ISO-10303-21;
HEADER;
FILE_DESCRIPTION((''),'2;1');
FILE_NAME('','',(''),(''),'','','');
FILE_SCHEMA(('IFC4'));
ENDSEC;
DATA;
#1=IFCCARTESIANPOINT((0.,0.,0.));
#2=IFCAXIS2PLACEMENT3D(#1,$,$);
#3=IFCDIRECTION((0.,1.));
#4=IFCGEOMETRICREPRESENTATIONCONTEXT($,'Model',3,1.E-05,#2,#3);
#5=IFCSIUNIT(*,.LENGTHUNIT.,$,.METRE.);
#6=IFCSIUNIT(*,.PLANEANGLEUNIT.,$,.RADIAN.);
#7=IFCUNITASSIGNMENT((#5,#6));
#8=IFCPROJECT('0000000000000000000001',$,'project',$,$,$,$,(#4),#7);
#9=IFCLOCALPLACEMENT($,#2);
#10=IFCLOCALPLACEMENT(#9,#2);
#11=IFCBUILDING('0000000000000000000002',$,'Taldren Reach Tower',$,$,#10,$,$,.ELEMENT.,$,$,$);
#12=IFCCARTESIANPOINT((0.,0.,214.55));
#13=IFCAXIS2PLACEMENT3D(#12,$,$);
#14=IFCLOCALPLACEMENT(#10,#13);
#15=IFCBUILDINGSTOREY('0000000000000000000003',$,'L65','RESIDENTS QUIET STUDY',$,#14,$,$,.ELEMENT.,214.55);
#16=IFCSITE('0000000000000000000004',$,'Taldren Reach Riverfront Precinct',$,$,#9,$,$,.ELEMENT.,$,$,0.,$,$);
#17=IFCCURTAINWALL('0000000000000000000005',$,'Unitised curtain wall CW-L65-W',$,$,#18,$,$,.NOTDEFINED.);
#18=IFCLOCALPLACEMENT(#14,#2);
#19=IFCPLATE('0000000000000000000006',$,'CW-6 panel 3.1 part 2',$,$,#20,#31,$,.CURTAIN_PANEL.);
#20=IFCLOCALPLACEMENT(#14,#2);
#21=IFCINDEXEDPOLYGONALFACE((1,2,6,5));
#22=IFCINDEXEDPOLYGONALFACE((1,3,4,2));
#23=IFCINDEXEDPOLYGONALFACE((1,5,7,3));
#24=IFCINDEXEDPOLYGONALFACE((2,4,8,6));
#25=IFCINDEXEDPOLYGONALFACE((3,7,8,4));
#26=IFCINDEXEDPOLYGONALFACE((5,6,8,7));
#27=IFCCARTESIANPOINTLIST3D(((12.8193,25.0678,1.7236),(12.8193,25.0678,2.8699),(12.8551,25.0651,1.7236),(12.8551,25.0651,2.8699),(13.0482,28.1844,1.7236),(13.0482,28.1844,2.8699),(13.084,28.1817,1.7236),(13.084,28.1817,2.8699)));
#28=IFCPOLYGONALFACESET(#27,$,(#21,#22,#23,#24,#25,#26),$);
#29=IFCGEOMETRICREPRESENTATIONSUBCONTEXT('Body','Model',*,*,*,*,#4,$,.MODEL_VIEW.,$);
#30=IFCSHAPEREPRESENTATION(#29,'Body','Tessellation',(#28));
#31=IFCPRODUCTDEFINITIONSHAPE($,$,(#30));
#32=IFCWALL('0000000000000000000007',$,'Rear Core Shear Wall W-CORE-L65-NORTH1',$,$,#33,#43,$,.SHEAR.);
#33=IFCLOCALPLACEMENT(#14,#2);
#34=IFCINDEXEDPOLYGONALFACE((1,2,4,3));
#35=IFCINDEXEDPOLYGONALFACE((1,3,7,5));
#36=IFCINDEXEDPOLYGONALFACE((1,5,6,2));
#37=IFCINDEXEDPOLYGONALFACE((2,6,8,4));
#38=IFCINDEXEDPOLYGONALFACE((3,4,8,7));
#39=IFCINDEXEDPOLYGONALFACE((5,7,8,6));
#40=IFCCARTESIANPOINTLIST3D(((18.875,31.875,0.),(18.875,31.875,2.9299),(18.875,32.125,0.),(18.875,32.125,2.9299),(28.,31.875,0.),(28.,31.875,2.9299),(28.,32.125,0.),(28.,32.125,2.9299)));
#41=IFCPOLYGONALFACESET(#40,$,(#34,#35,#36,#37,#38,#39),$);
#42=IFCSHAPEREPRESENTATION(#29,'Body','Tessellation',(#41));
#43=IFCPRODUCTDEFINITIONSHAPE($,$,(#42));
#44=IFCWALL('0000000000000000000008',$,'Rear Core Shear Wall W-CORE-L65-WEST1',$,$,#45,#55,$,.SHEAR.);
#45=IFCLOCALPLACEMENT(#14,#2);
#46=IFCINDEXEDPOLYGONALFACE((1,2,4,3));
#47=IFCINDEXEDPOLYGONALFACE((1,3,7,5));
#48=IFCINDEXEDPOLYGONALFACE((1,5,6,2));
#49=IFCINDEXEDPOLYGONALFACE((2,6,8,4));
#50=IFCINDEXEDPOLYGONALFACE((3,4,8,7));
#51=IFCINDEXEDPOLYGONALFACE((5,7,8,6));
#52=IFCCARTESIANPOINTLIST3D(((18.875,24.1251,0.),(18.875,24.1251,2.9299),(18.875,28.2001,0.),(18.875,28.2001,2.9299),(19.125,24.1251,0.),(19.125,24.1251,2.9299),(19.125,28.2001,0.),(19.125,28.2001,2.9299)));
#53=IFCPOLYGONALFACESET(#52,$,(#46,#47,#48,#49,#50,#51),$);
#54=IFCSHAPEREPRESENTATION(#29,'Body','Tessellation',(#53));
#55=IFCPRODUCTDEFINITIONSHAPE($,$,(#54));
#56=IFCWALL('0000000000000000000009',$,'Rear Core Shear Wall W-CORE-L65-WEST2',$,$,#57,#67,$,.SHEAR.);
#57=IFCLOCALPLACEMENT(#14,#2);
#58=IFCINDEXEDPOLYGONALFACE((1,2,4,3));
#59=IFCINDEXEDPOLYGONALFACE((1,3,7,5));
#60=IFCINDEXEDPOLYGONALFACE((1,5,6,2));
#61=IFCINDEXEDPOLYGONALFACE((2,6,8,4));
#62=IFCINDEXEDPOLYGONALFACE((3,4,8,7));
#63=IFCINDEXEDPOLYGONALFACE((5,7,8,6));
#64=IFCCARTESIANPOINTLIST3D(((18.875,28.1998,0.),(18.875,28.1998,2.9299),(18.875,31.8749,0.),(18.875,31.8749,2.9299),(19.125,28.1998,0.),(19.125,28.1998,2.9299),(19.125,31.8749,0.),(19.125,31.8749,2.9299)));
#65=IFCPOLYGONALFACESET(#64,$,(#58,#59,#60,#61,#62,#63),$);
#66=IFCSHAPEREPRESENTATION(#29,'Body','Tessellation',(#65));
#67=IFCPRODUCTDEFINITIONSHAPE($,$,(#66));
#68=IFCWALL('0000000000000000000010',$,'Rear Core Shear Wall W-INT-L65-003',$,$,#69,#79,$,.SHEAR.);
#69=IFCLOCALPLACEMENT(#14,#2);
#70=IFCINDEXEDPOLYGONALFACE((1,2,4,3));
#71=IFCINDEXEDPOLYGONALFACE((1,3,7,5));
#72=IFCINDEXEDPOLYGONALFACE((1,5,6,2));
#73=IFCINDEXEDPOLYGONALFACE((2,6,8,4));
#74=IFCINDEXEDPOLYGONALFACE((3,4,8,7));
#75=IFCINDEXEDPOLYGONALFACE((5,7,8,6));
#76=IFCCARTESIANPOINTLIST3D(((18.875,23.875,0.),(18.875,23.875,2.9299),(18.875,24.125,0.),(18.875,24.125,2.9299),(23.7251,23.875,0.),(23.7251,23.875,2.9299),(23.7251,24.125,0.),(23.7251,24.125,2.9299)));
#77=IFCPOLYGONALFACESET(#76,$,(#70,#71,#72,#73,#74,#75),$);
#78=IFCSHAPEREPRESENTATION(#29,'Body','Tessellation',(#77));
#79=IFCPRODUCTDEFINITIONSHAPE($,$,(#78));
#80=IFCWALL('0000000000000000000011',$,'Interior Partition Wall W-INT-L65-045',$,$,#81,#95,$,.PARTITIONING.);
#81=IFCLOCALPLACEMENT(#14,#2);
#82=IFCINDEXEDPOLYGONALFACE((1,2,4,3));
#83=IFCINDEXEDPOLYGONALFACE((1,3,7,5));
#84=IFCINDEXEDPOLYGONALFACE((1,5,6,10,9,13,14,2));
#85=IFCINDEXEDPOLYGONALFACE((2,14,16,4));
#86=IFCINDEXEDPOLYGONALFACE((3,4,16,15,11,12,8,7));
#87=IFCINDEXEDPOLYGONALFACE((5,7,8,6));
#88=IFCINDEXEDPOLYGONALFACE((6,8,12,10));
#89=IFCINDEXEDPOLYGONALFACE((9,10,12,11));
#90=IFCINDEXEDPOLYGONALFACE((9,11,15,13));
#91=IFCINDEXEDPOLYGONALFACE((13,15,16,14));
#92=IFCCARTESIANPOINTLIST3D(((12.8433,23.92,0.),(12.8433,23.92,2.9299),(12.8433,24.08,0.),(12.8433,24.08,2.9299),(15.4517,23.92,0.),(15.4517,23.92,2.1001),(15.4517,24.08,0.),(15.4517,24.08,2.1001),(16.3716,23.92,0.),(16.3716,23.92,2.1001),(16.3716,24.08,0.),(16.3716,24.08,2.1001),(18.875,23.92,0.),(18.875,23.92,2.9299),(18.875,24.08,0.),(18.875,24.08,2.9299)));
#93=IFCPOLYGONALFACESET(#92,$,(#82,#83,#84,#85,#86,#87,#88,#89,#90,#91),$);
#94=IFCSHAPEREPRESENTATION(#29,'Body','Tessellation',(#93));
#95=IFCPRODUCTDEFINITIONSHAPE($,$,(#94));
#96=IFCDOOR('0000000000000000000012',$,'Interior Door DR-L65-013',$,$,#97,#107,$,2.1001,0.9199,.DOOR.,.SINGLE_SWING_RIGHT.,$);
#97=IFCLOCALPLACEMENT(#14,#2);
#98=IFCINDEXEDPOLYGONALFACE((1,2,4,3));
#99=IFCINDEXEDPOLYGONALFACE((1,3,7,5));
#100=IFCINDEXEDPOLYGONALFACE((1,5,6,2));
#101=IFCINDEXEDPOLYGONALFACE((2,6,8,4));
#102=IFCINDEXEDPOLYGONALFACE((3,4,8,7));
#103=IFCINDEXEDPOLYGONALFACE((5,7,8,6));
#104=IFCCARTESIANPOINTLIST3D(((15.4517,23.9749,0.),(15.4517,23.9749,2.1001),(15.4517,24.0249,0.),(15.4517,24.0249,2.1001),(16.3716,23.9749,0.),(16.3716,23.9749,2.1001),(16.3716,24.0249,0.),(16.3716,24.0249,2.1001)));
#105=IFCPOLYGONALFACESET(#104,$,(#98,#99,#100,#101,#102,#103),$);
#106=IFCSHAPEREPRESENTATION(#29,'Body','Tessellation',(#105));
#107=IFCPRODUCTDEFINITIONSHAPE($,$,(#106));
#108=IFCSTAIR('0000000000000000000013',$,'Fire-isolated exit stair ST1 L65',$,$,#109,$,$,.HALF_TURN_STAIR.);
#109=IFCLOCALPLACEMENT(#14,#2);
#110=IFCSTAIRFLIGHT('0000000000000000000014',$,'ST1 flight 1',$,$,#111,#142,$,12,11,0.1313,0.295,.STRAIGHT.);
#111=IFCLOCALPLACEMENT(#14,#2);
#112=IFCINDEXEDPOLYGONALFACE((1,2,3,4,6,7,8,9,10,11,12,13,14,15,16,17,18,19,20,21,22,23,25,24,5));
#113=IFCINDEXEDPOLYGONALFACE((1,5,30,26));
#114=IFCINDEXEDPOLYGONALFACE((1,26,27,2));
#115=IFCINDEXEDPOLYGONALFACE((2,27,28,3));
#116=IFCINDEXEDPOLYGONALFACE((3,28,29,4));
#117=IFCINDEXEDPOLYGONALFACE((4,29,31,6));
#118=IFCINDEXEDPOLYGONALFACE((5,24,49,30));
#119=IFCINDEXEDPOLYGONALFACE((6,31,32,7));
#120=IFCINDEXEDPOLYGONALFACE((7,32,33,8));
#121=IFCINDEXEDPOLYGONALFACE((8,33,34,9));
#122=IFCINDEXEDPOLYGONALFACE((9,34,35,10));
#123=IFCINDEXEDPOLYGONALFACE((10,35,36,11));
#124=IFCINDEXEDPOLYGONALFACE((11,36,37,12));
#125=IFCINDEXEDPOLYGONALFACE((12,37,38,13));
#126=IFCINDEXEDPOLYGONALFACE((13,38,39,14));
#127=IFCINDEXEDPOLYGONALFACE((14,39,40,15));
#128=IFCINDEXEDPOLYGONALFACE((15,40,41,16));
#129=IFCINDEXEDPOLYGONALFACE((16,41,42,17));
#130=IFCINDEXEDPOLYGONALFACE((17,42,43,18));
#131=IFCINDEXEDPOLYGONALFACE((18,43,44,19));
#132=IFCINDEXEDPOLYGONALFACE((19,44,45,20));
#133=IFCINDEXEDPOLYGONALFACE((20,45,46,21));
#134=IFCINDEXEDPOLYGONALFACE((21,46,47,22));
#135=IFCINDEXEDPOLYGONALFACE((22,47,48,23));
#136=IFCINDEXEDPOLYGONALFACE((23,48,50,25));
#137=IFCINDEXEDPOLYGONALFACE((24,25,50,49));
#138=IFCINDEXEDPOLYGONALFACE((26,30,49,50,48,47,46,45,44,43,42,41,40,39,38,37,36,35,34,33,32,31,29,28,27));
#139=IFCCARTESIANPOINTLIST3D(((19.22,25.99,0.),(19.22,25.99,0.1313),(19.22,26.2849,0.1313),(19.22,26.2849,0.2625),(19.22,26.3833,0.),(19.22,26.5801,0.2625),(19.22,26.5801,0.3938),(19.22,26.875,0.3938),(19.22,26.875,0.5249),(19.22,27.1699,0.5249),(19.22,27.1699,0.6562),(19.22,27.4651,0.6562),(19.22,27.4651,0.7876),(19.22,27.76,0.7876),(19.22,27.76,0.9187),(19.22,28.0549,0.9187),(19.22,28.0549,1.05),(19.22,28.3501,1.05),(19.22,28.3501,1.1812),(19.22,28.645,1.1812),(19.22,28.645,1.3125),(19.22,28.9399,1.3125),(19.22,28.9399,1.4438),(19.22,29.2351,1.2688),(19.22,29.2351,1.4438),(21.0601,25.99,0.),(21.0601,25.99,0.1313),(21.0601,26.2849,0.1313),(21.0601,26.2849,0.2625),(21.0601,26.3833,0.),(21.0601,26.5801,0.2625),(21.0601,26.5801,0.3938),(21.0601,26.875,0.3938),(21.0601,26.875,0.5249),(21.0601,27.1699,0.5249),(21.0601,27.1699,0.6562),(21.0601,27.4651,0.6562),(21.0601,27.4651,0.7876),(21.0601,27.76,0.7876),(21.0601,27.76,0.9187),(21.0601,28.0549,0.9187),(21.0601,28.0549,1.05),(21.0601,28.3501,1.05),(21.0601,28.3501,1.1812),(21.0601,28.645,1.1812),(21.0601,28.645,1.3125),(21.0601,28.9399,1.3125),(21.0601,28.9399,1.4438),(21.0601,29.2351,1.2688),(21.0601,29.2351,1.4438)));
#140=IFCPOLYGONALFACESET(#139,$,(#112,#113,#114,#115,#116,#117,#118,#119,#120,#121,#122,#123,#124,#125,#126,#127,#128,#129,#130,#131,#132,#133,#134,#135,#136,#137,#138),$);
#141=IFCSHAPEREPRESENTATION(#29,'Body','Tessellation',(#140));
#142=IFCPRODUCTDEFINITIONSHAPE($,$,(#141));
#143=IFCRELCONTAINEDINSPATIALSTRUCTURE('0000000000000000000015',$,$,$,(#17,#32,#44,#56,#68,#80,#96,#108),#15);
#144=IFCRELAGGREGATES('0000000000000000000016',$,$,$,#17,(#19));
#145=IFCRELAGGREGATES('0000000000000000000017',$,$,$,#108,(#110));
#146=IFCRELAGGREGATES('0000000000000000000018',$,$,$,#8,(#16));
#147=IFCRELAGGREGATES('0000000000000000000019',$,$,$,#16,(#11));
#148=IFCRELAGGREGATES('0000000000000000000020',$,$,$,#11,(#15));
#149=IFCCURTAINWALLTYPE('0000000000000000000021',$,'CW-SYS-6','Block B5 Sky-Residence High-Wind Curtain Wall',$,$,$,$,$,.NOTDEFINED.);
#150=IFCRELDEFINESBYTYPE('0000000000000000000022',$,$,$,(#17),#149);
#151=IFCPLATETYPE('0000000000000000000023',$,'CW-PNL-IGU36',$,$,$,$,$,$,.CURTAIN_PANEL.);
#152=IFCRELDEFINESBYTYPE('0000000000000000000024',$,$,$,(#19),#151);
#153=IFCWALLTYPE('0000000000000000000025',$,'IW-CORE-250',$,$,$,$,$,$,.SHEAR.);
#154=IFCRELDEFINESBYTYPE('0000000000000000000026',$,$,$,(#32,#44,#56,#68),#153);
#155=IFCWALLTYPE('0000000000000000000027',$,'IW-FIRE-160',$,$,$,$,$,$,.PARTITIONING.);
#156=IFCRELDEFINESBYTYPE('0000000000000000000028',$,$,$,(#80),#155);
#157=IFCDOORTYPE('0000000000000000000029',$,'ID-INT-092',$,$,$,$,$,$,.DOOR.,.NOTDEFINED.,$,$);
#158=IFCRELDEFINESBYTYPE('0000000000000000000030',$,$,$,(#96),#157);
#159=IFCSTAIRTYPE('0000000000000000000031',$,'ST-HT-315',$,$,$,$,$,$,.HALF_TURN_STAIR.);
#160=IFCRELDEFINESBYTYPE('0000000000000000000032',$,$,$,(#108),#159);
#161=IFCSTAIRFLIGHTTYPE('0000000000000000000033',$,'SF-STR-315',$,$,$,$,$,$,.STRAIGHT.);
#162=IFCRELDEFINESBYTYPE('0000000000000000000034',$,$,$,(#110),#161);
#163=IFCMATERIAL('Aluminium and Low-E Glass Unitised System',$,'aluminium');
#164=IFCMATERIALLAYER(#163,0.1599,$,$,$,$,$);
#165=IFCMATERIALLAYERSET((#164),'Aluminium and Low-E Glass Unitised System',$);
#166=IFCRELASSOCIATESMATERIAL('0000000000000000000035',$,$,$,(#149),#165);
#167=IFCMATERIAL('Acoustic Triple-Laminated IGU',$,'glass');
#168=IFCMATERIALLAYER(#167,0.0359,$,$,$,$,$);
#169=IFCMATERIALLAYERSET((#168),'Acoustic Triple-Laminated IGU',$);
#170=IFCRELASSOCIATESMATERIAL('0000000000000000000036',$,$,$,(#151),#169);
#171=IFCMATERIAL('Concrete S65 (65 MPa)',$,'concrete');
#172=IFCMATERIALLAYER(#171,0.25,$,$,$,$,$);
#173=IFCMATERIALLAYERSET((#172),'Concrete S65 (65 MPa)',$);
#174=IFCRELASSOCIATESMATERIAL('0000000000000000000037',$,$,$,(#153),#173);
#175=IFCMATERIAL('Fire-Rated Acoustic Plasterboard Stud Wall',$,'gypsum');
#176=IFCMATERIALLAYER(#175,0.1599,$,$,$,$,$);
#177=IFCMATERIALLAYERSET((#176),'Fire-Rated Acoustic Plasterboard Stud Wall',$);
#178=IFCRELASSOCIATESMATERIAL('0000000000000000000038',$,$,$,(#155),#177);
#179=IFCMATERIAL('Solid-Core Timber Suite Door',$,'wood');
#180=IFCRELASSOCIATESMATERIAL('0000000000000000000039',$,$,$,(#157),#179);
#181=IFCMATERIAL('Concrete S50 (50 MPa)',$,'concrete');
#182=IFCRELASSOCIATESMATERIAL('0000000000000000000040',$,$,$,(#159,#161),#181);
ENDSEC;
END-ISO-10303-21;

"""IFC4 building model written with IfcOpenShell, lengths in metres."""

from ifc_helpers import new_model, si_unit, direction, frame, frame_2d, origin, origin_2d, place, context, subcontext, project, spatial, polyline, rectangle, outline, extrude, source, transform, mapped, material, layer, layer_set, type_object, element, fill, aggregate, save


model = new_model("IFC4")

# Units and contexts
model_context = context("Model", 3, precision=1e-05, world=origin(), true_north=direction((0.0, 1.0)))
body_context = subcontext(model_context, "Body", "Model", "MODEL_VIEW")
ifc_project = project(units=[si_unit("LENGTHUNIT", "METRE"), si_unit("PLANEANGLEUNIT", "RADIAN")], contexts=[model_context])

# Site, building, storey
site_placement = place(None, origin())
site = spatial("IfcSite", under=ifc_project, at=site_placement, Name="Taldren Reach Riverfront Precinct", CompositionType="ELEMENT", RefElevation=0.0)
building_placement = place(site_placement, origin())
building = spatial("IfcBuilding", under=site, at=building_placement, Name="Taldren Reach Tower", CompositionType="ELEMENT")
storey_placement = place(building_placement, frame((0.0, 0.0, 214.55)))
storey = spatial("IfcBuildingStorey", under=building, at=storey_placement, Name="L65", Description="RESIDENTS QUIET STUDY", CompositionType="ELEMENT", Elevation=214.55)

# Curtain wall
ifc_material_1 = material(Name="Aluminium and Low-E Glass Unitised System", Category="aluminium")
ifc_layer_1 = layer(ifc_material_1, 0.1599)
ifc_layer_set_1 = layer_set([ifc_layer_1], Name="Aluminium and Low-E Glass Unitised System")
curtain_wall_type = type_object("IfcCurtainWallType", Name="CW-SYS-6", Description="Block B5 Sky-Residence High-Wind Curtain Wall", PredefinedType="NOTDEFINED", material=ifc_layer_set_1)
curtain_wall_placement = place(storey_placement, origin())
curtain_wall = element("IfcCurtainWall", 1, at=curtain_wall_placement, inside=storey, type_object=curtain_wall_type, Name="Unitised curtain wall CW-L65-W", PredefinedType="NOTDEFINED")

# Plate
ifc_material_2 = material(Name="Acoustic Triple-Laminated IGU", Category="glass")
ifc_layer_2 = layer(ifc_material_2, 0.0359)
ifc_layer_set_2 = layer_set([ifc_layer_2], Name="Acoustic Triple-Laminated IGU")
plate_type = type_object("IfcPlateType", Name="CW-PNL-IGU36", PredefinedType="CURTAIN_PANEL", material=ifc_layer_set_2)
shared_shape_1 = source(origin(), body_context, "Body", "SweptSolid", [
    extrude(rectangle(XDim=3.125, YDim=0.0359, at=origin_2d()), origin(), (0.0, 0.0, 1.0), 1.1462),
])
plate_1_placement = place(storey_placement, frame((12.9517, 26.6248, 1.7236), z_axis=(0.0, 0.0, 1.0), x_axis=(-0.073238, -0.997314, 0.0)))
plate_1 = element("IfcPlate", 2, at=plate_1_placement, type_object=plate_type, Name="CW-6 panel 3.1 part 2", PredefinedType="CURTAIN_PANEL", context=body_context, shape_type="MappedRepresentation", body=[
    mapped(shared_shape_1, transform((0.0, 0.0, 0.0), scale=1.0)),
])
aggregate(curtain_wall, [plate_1])

# Walls
ifc_material_3 = material(Name="Concrete S65 (65 MPa)", Category="concrete")
ifc_layer_3 = layer(ifc_material_3, 0.25)
ifc_layer_set_3 = layer_set([ifc_layer_3], Name="Concrete S65 (65 MPa)")
wall_type_1 = type_object("IfcWallType", Name="IW-CORE-250", PredefinedType="SHEAR", material=ifc_layer_set_3)
shared_shape_2 = source(origin(), body_context, "Body", "SweptSolid", [
    extrude(rectangle(XDim=9.125, YDim=0.25, at=frame_2d((4.5625, 0.0))), origin(), (0.0, 0.0, 1.0), 2.9299),
])
wall_1_placement = place(storey_placement, frame((18.875, 32.0, 0.0), z_axis=(0.0, 0.0, 1.0), x_axis=(1.0, 0.0, 0.0)))
element("IfcWall", 3, at=wall_1_placement, inside=storey, type_object=wall_type_1, Name="Rear Core Shear Wall W-CORE-L65-NORTH1", PredefinedType="SHEAR", context=body_context, shape_type="MappedRepresentation", body=[
    mapped(shared_shape_2, transform((0.0, 0.0, 0.0), scale=1.0)),
])
shared_shape_3 = source(origin(), body_context, "Body", "SweptSolid", [
    extrude(rectangle(XDim=4.075, YDim=0.25, at=frame_2d((2.0376, 0.0))), origin(), (0.0, 0.0, 1.0), 2.9299),
])
wall_2_placement = place(storey_placement, frame((19.0, 24.125, 0.0), z_axis=(0.0, 0.0, 1.0), x_axis=(0.0, 1.0, 0.0)))
element("IfcWall", 4, at=wall_2_placement, inside=storey, type_object=wall_type_1, Name="Rear Core Shear Wall W-CORE-L65-WEST1", PredefinedType="SHEAR", context=body_context, shape_type="MappedRepresentation", body=[
    mapped(shared_shape_3, transform((0.0, 0.0, 0.0), scale=1.0)),
])
shared_shape_4 = source(origin(), body_context, "Body", "SweptSolid", [
    extrude(rectangle(XDim=3.675, YDim=0.25, at=frame_2d((1.8374, 0.0))), origin(), (0.0, 0.0, 1.0), 2.9299),
])
wall_3_placement = place(storey_placement, frame((19.0, 28.2, 0.0), z_axis=(0.0, 0.0, 1.0), x_axis=(0.0, 1.0, 0.0)))
element("IfcWall", 5, at=wall_3_placement, inside=storey, type_object=wall_type_1, Name="Rear Core Shear Wall W-CORE-L65-WEST2", PredefinedType="SHEAR", context=body_context, shape_type="MappedRepresentation", body=[
    mapped(shared_shape_4, transform((0.0, 0.0, 0.0), scale=1.0)),
])
shared_shape_5 = source(origin(), body_context, "Body", "SweptSolid", [
    extrude(rectangle(XDim=4.8501, YDim=0.25, at=frame_2d((2.425, 0.0))), origin(), (0.0, 0.0, 1.0), 2.9299),
])
wall_4_placement = place(storey_placement, frame((18.875, 24.0, 0.0), z_axis=(0.0, 0.0, 1.0), x_axis=(1.0, 0.0, 0.0)))
element("IfcWall", 6, at=wall_4_placement, inside=storey, type_object=wall_type_1, Name="Rear Core Shear Wall W-INT-L65-003", PredefinedType="SHEAR", context=body_context, shape_type="MappedRepresentation", body=[
    mapped(shared_shape_5, transform((0.0, 0.0, 0.0), scale=1.0)),
])

# Wall, opening, door
ifc_material_4 = material(Name="Fire-Rated Acoustic Plasterboard Stud Wall", Category="gypsum")
ifc_layer_4 = layer(ifc_material_4, 0.1599)
ifc_layer_set_4 = layer_set([ifc_layer_4], Name="Fire-Rated Acoustic Plasterboard Stud Wall")
wall_type_2 = type_object("IfcWallType", Name="IW-FIRE-160", PredefinedType="PARTITIONING", material=ifc_layer_set_4)
shared_shape_6 = source(origin(), body_context, "Body", "SweptSolid", [
    extrude(rectangle(XDim=6.0317, YDim=0.1599, at=frame_2d((3.0159, 0.0))), origin(), (0.0, 0.0, 1.0), 2.9299),
])
wall_5_placement = place(storey_placement, frame((12.8433, 24.0, 0.0), z_axis=(0.0, 0.0, 1.0), x_axis=(1.0, 0.0, 0.0)))
wall_5 = element("IfcWall", 7, at=wall_5_placement, inside=storey, type_object=wall_type_2, Name="Interior Partition Wall W-INT-L65-045", PredefinedType="PARTITIONING", context=body_context, shape_type="MappedRepresentation", body=[
    mapped(shared_shape_6, transform((0.0, 0.0, 0.0), scale=1.0)),
])
shared_shape_7 = source(origin(), body_context, "Body", "SweptSolid", [
    extrude(rectangle(XDim=0.9199, YDim=2.1001, at=frame_2d((0.46, 1.05))), frame((0.0, 0.0898, 0.0), z_axis=(0.0, -1.0, 0.0), x_axis=(1.0, 0.0, 0.0)), (0.0, 0.0, 1.0), 0.1799),
])
opening_placement = place(wall_5_placement, frame((2.6084, 0.0, 0.0)))
opening = element("IfcOpeningElement", 8, at=opening_placement, cuts=wall_5, PredefinedType="OPENING", context=body_context, shape_type="MappedRepresentation", body=[
    mapped(shared_shape_7, transform((0.0, 0.0, 0.0), scale=1.0)),
])
ifc_material_5 = material(Name="Solid-Core Timber Suite Door", Category="wood")
door_type = type_object("IfcDoorType", Name="ID-INT-092", OperationType="NOTDEFINED", PredefinedType="DOOR", material=ifc_material_5)
shared_shape_8 = source(origin(), body_context, "Body", "SweptSolid", [
    extrude(rectangle(XDim=0.9199, YDim=2.1001, at=frame_2d((0.46, 1.05))), frame((0.0, 0.0249, 0.0), z_axis=(0.0, -1.0, 0.0), x_axis=(1.0, 0.0, 0.0)), (0.0, 0.0, 1.0), 0.05),
])
door_placement = place(opening_placement, origin())
door = element("IfcDoor", 9, at=door_placement, inside=storey, type_object=door_type, Name="Interior Door DR-L65-013", OperationType="SINGLE_SWING_RIGHT", OverallHeight=2.1001, OverallWidth=0.9199, PredefinedType="DOOR", context=body_context, shape_type="MappedRepresentation", body=[
    mapped(shared_shape_8, transform((0.0, 0.0, 0.0), scale=1.0)),
])
fill(opening, door)

# Stair, stair flight
ifc_material_6 = material(Name="Concrete S50 (50 MPa)", Category="concrete")
stair_type = type_object("IfcStairType", Name="ST-HT-315", PredefinedType="HALF_TURN_STAIR", material=ifc_material_6)
stair_placement = place(storey_placement, origin())
stair = element("IfcStair", 10, at=stair_placement, inside=storey, type_object=stair_type, Name="Fire-isolated exit stair ST1 L65", PredefinedType="HALF_TURN_STAIR")
stair_flight_type = type_object("IfcStairFlightType", Name="SF-STR-315", PredefinedType="STRAIGHT", material=ifc_material_6)
stair_flight_placement = place(storey_placement, frame((20.1399, 25.99, 0.0), z_axis=(0.0, 0.0, 1.0), x_axis=(0.0, 1.0, 0.0)))
stair_flight = element("IfcStairFlight", 11, at=stair_flight_placement, type_object=stair_flight_type, Name="ST1 flight 1", NumberOfRisers=12, NumberOfTreads=11, PredefinedType="STRAIGHT", RiserHeight=0.1313, TreadLength=0.295, context=body_context, shape_type="SweptSolid", body=[
    extrude(outline(polyline([(0.0, 0.0), (0.0, 0.1313), (0.2949, 0.1313), (0.2949, 0.2625), (0.5901, 0.2625), (0.5901, 0.3938), (0.885, 0.3938), (0.885, 0.5249), (1.1799, 0.5249), (1.1799, 0.6562), (1.4751, 0.6562), (1.4751, 0.7876), (1.77, 0.7876), (1.77, 0.9187), (2.0649, 0.9187), (2.0649, 1.05), (2.3601, 1.05), (2.3601, 1.1812), (2.655, 1.1812), (2.655, 1.3125), (2.95, 1.3125), (2.95, 1.4438), (3.2451, 1.4438), (3.2451, 1.575), (3.2451, 1.2688), (0.3933, 0.0), (0.0, 0.0)])), frame((0.0, 0.9199, 0.0), z_axis=(0.0, -1.0, 0.0), x_axis=(1.0, 0.0, 0.0)), (0.0, 0.0, 1.0), 1.8401),
])
aggregate(stair, [stair_flight])

save(model, "model.ifc")
